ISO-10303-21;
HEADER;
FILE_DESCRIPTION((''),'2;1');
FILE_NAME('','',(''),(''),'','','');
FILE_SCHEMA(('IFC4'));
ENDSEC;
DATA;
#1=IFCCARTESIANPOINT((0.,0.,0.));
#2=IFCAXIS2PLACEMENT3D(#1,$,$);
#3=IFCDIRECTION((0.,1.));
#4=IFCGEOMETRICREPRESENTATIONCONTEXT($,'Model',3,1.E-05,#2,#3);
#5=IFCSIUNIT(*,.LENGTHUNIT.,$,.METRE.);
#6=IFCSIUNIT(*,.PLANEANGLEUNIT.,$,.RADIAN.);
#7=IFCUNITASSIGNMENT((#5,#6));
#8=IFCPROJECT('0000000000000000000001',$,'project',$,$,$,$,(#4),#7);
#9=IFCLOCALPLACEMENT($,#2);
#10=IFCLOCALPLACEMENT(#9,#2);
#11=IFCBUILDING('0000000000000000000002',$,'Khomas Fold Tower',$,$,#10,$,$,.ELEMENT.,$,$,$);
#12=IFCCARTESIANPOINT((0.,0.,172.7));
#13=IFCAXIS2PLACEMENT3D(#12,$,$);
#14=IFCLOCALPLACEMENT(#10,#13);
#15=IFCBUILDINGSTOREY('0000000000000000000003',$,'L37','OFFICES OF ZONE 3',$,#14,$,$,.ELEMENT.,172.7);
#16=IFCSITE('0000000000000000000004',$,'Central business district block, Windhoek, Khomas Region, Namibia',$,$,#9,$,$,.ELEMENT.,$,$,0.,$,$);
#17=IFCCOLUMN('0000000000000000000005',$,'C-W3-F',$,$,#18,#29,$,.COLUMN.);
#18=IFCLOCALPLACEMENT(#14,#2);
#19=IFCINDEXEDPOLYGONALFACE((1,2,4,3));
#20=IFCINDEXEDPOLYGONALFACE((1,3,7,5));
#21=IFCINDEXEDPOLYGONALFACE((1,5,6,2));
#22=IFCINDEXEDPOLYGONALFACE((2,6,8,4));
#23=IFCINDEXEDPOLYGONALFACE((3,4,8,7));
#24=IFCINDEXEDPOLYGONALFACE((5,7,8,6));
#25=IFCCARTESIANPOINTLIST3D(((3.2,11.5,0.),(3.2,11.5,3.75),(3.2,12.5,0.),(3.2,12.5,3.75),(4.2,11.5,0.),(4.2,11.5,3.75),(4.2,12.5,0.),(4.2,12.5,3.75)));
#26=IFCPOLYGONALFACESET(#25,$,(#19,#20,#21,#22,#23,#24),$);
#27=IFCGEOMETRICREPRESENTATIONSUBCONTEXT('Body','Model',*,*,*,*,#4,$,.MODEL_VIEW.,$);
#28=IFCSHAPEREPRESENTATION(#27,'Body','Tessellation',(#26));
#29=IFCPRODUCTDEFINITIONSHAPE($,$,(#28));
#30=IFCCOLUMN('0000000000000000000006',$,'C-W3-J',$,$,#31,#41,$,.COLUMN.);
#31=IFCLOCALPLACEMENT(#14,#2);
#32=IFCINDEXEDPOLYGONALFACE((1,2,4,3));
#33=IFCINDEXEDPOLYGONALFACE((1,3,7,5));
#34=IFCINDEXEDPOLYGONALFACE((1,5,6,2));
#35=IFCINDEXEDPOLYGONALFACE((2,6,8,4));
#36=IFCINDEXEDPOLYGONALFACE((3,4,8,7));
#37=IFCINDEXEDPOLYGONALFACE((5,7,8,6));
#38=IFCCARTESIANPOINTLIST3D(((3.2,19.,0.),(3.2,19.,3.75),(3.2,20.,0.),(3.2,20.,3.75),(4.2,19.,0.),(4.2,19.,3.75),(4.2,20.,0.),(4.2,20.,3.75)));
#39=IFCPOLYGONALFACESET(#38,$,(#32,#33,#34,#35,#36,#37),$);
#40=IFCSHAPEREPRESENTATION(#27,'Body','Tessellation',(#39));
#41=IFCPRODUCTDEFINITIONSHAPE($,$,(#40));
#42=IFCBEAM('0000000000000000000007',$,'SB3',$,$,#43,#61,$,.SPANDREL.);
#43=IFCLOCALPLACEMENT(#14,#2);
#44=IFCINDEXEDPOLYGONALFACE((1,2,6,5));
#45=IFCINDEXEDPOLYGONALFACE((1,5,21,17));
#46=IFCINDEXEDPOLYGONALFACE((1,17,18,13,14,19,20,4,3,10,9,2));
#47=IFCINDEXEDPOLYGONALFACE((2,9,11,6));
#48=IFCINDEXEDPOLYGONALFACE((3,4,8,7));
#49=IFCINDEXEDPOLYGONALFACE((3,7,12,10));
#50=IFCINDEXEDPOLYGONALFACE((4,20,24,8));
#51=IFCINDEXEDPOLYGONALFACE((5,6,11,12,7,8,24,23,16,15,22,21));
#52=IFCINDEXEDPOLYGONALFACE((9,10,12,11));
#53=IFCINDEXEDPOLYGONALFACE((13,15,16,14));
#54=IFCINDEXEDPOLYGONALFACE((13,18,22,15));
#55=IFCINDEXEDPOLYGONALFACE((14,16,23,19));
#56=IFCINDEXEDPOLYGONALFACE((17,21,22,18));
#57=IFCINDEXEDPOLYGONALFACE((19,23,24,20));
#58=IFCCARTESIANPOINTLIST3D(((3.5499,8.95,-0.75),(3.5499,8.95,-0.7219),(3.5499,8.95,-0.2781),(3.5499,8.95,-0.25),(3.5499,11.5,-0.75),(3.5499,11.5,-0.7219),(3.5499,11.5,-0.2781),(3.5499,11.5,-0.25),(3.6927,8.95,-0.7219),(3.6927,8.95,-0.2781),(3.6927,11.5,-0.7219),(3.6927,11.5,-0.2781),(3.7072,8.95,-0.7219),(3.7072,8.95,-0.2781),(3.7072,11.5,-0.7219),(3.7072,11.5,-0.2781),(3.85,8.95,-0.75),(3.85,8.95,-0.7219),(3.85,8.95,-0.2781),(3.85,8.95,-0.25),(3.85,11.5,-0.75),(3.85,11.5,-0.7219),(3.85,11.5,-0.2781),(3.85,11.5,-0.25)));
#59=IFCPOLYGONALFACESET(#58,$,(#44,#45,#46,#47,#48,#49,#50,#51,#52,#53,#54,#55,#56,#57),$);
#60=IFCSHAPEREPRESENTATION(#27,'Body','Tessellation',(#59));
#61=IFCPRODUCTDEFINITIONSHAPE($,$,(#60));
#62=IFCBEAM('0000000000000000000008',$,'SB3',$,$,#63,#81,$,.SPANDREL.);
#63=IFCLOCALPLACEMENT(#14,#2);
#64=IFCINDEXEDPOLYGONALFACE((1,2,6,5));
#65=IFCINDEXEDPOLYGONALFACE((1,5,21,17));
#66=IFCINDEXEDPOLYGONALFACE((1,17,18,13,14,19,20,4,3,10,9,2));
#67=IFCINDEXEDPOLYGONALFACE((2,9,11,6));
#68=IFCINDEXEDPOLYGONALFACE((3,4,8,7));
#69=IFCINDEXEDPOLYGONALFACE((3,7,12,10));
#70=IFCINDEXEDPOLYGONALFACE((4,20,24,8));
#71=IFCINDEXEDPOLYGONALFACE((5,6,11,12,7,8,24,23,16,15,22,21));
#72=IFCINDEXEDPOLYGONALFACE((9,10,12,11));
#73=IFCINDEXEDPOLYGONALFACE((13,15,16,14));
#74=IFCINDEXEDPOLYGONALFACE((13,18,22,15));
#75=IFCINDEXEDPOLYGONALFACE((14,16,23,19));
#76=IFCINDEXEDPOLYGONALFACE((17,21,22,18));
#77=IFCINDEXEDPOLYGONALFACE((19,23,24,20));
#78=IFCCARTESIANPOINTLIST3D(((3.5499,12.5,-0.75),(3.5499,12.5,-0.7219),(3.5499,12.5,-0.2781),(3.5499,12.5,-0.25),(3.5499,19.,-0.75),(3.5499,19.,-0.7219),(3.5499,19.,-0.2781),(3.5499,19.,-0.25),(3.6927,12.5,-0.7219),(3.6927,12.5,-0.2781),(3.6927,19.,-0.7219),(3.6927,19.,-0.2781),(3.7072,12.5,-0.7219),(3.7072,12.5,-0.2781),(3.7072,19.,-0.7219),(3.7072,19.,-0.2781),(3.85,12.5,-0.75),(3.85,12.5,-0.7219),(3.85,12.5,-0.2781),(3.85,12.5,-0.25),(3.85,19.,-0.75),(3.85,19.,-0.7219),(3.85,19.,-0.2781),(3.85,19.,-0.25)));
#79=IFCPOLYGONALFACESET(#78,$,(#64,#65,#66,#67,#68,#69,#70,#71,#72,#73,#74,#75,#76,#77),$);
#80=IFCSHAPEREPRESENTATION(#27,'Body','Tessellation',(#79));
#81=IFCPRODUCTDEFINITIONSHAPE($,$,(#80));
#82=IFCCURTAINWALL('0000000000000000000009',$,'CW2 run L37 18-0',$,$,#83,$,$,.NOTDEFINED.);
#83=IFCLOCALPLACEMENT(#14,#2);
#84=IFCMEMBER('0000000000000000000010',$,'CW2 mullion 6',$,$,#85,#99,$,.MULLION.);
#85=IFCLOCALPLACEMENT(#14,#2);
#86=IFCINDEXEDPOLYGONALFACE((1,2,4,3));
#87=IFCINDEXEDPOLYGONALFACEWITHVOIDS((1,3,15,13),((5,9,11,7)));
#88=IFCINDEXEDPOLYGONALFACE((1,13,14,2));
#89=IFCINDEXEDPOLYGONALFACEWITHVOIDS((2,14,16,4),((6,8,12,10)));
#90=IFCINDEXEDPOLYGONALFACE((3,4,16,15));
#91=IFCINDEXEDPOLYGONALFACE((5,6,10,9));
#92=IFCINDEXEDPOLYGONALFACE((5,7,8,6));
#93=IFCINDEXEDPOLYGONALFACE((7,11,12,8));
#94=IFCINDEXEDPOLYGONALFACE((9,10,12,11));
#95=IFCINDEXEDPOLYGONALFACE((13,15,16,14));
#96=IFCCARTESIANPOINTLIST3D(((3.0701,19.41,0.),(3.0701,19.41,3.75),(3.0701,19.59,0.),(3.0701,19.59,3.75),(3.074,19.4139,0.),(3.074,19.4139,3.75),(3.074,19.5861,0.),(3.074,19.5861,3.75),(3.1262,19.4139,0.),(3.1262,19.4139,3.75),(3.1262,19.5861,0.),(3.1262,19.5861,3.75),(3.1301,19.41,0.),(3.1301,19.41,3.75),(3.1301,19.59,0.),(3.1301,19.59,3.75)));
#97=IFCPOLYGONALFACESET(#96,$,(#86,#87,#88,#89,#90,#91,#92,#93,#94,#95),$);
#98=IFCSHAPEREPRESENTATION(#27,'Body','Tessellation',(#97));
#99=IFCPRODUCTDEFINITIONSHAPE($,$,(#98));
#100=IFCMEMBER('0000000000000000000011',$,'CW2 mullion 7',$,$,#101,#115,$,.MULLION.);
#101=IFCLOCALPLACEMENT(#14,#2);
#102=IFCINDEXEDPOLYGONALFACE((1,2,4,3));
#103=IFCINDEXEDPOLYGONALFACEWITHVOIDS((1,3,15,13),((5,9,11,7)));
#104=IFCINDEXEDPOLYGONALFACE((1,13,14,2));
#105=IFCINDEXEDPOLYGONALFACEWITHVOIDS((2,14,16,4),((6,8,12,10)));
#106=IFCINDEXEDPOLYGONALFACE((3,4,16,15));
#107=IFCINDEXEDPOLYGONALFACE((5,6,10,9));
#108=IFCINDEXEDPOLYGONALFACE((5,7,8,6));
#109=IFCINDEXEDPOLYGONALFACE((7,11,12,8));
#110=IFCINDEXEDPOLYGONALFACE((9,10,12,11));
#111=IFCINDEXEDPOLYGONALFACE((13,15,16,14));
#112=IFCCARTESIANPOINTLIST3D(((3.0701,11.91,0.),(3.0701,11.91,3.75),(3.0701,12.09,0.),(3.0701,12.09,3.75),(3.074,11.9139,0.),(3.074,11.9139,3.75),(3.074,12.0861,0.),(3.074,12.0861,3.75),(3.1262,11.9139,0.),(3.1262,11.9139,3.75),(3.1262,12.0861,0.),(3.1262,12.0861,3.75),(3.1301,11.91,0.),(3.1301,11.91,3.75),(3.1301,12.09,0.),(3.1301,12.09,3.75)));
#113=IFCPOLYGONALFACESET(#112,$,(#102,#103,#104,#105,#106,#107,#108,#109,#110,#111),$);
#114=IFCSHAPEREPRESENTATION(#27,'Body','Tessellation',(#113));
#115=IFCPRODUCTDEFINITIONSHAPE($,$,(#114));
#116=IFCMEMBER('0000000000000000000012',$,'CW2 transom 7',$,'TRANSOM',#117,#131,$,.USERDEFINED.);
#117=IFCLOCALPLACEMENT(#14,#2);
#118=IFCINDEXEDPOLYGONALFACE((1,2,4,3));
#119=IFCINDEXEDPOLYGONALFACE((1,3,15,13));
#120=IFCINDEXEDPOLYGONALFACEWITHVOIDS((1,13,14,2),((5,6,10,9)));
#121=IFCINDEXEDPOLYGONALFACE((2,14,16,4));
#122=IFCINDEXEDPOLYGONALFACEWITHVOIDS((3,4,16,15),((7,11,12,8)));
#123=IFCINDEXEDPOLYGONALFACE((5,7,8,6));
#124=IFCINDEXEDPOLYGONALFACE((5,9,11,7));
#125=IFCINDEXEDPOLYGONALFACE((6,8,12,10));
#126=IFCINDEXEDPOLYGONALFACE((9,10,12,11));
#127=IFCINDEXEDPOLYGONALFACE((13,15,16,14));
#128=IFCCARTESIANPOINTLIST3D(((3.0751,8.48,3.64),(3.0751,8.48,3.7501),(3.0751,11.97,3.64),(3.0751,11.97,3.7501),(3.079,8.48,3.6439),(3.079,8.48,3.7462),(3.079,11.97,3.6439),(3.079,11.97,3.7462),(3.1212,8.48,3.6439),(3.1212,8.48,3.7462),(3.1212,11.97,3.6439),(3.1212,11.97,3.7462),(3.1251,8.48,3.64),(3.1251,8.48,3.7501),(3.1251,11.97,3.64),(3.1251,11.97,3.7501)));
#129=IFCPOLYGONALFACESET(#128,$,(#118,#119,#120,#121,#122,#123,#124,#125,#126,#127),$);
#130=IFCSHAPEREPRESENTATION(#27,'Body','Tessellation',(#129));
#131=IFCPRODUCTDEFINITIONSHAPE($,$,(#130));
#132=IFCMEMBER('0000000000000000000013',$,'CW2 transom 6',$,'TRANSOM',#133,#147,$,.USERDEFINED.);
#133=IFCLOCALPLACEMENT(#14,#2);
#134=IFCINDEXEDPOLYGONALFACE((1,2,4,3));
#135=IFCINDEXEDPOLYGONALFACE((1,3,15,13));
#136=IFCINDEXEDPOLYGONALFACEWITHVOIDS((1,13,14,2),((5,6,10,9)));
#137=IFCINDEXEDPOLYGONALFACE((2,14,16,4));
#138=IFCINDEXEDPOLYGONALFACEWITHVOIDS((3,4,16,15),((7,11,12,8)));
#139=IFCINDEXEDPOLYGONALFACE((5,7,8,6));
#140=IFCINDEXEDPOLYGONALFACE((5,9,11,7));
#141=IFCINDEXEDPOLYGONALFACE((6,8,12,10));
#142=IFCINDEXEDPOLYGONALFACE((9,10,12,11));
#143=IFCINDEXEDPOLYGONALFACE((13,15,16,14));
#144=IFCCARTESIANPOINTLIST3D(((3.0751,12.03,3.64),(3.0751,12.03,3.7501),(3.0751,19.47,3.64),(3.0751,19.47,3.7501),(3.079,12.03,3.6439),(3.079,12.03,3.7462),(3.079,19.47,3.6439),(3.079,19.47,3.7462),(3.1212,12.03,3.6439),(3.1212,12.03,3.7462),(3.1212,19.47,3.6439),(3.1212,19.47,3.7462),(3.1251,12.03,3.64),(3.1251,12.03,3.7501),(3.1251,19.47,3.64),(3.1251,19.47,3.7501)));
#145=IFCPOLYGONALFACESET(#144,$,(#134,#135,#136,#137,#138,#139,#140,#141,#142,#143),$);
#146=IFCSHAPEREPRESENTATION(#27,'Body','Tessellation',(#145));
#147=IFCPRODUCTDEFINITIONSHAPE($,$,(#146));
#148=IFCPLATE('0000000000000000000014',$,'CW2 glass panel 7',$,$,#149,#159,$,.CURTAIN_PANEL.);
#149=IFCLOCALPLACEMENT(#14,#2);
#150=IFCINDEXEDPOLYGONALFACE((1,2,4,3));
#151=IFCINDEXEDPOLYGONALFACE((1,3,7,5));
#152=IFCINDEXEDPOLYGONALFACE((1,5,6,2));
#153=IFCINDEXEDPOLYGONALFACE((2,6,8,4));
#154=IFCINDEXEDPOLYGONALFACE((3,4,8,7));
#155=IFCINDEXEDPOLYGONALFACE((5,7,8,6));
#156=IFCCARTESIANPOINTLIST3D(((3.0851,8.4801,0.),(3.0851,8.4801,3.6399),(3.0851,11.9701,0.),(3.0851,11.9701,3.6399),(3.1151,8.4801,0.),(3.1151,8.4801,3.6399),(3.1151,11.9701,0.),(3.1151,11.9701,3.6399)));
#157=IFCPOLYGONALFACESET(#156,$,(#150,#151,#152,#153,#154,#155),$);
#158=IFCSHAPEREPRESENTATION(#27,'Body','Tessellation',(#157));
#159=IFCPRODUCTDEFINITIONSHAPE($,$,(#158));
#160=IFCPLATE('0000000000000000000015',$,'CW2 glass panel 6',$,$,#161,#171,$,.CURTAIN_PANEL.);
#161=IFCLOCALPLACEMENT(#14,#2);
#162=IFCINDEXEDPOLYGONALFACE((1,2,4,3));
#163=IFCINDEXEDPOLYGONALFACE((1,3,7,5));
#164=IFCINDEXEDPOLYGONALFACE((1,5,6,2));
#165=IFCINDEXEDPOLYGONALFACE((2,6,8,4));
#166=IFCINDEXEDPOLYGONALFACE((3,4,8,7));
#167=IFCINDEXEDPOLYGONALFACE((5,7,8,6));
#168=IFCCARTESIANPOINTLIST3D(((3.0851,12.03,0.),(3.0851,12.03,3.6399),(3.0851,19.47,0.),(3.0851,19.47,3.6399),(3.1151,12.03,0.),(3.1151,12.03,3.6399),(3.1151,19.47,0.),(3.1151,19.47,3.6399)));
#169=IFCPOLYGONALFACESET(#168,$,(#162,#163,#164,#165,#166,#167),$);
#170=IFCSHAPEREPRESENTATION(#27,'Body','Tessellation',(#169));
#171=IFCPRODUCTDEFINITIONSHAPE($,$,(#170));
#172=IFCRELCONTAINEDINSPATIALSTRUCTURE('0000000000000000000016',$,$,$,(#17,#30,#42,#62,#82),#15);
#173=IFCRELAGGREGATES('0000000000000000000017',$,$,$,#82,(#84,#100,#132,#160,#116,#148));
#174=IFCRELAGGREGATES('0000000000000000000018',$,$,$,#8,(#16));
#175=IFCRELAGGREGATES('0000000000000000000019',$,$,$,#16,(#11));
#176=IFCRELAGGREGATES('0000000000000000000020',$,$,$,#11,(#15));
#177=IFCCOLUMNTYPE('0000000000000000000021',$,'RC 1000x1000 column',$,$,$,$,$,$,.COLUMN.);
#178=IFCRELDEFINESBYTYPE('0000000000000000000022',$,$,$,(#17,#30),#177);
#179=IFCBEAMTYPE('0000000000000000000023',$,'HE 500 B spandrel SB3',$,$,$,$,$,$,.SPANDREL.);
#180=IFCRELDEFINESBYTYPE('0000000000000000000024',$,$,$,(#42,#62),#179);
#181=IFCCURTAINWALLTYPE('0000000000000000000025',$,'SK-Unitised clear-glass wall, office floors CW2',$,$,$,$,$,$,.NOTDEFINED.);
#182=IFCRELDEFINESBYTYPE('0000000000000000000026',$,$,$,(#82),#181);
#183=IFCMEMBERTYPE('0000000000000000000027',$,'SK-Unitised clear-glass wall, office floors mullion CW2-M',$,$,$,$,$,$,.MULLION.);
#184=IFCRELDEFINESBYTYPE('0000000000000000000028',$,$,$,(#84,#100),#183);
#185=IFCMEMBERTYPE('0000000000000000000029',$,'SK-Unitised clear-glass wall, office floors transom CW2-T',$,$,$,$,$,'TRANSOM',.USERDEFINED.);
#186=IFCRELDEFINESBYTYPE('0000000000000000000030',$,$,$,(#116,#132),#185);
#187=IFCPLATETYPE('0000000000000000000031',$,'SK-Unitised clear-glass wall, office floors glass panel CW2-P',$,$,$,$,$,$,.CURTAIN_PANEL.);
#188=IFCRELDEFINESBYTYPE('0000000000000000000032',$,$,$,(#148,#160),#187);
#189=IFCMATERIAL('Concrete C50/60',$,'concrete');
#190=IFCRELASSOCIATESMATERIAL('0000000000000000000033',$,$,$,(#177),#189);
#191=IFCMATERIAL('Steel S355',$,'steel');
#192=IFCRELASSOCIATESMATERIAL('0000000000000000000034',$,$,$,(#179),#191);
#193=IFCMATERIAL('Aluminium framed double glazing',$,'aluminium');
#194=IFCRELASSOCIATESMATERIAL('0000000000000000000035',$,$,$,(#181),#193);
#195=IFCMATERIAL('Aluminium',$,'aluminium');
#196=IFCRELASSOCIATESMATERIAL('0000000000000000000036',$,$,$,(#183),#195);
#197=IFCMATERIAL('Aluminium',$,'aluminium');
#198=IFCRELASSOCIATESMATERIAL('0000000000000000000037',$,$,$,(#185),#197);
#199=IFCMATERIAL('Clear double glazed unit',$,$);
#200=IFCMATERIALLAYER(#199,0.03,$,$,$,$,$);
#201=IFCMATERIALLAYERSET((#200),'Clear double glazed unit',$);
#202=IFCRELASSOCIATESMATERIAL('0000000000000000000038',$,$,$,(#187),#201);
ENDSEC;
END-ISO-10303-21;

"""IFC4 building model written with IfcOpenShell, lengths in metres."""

from ifc_helpers import new_model, si_unit, direction, frame, origin, origin_2d, place, context, subcontext, project, spatial, rectangle, hollow_rectangle, i_section, extrude, source, transform, mapped, material, layer, layer_set, material_profile, profile_set, type_object, element, aggregate, save


model = new_model("IFC4")

# Units and contexts
model_context = context("Model", 3, precision=1e-05, world=origin(), true_north=direction((0.0, 1.0)))
body_context = subcontext(model_context, "Body", "Model", "MODEL_VIEW")
ifc_project = project(units=[si_unit("LENGTHUNIT", "METRE"), si_unit("PLANEANGLEUNIT", "RADIAN")], contexts=[model_context])

# Site, building, storey
site_placement = place(None, origin())
site = spatial("IfcSite", under=ifc_project, at=site_placement, Name="Central business district block, Windhoek, Khomas Region, Namibia", CompositionType="ELEMENT", RefElevation=0.0)
building_placement = place(site_placement, origin())
building = spatial("IfcBuilding", under=site, at=building_placement, Name="Khomas Fold Tower", CompositionType="ELEMENT")
storey_placement = place(building_placement, frame((0.0, 0.0, 172.7)))
storey = spatial("IfcBuildingStorey", under=building, at=storey_placement, Name="L37", Description="OFFICES OF ZONE 3", CompositionType="ELEMENT", Elevation=172.7)

# Columns
ifc_material_1 = material(Name="Concrete C50/60", Category="concrete")
ifc_material_profile_1 = material_profile(ifc_material_1, rectangle(XDim=1.0, YDim=1.0, at=origin_2d()), Name="RC 1000x1000")
ifc_profile_set_1 = profile_set([ifc_material_profile_1], Name="Concrete C50/60")
column_type = type_object("IfcColumnType", Name="RC 1000x1000 column", PredefinedType="COLUMN", material=ifc_profile_set_1)
shared_shape_1 = source(origin(), body_context, "Body", "SweptSolid", [
    extrude(rectangle(XDim=1.0, YDim=1.0, at=origin_2d()), origin(), (0.0, 0.0, 1.0), 3.75),
])
for number, where, z_axis, x_axis, name in (
    (1, (3.7, 12.0, 0.0), (0.0, 0.0, 1.0), (1.0, 0.0, 0.0), "C-W3-F"),
    (2, (3.7, 19.5, 0.0), (0.0, 0.0, 1.0), (1.0, 0.0, 0.0), "C-W3-J"),
):
    element("IfcColumn", number, at=place(storey_placement, frame(where, z_axis=z_axis, x_axis=x_axis)), inside=storey, type_object=column_type, Name=name, PredefinedType="COLUMN", context=body_context, shape_type="MappedRepresentation", body=[
        mapped(shared_shape_1, transform((0.0, 0.0, 0.0))),
    ])

# Beams
ifc_material_2 = material(Name="Steel S355", Category="steel")
ifc_material_profile_2 = material_profile(ifc_material_2, i_section(OverallWidth=0.3, OverallDepth=0.5, WebThickness=0.0144, FlangeThickness=0.0281, at=origin_2d()), Name="HE 500 B")
ifc_profile_set_2 = profile_set([ifc_material_profile_2], Name="Steel S355")
beam_type = type_object("IfcBeamType", Name="HE 500 B spandrel SB3", PredefinedType="SPANDREL", material=ifc_profile_set_2)
shared_shape_2 = source(origin(), body_context, "Body", "SweptSolid", [
    extrude(i_section(OverallWidth=0.3, OverallDepth=0.5, WebThickness=0.0144, FlangeThickness=0.0281, at=origin_2d()), origin(), (0.0, 0.0, 1.0), 2.55),
])
beam_1_placement = place(storey_placement, frame((3.7, 8.95, -0.5), z_axis=(0.0, 1.0, 0.0), x_axis=(-1.0, 0.0, 0.0)))
element("IfcBeam", 3, at=beam_1_placement, inside=storey, type_object=beam_type, Name="SB3", PredefinedType="SPANDREL", context=body_context, shape_type="MappedRepresentation", body=[
    mapped(shared_shape_2, transform((0.0, 0.0, 0.0))),
])
shared_shape_3 = source(origin(), body_context, "Body", "SweptSolid", [
    extrude(i_section(OverallWidth=0.3, OverallDepth=0.5, WebThickness=0.0144, FlangeThickness=0.0281, at=origin_2d()), origin(), (0.0, 0.0, 1.0), 6.5),
])
beam_2_placement = place(storey_placement, frame((3.7, 12.5, -0.5), z_axis=(0.0, 1.0, 0.0), x_axis=(-1.0, 0.0, 0.0)))
element("IfcBeam", 4, at=beam_2_placement, inside=storey, type_object=beam_type, Name="SB3", PredefinedType="SPANDREL", context=body_context, shape_type="MappedRepresentation", body=[
    mapped(shared_shape_3, transform((0.0, 0.0, 0.0))),
])

# Curtain wall, members, plates
ifc_material_3 = material(Name="Aluminium framed double glazing", Category="aluminium")
curtain_wall_type = type_object("IfcCurtainWallType", Name="SK-Unitised clear-glass wall, office floors CW2", PredefinedType="NOTDEFINED", material=ifc_material_3)
curtain_wall_placement = place(storey_placement, origin())
curtain_wall = element("IfcCurtainWall", 5, at=curtain_wall_placement, inside=storey, type_object=curtain_wall_type, Name="CW2 run L37 18-0", PredefinedType="NOTDEFINED")
ifc_material_4 = material(Name="Aluminium", Category="aluminium")
ifc_material_profile_3 = material_profile(ifc_material_4, hollow_rectangle(XDim=0.0601, YDim=0.1799, WallThickness=0.0039, at=origin_2d()), Name="SK-Unitised clear-glass wall, office floors mullion CW2-M")
ifc_profile_set_3 = profile_set([ifc_material_profile_3], Name="Aluminium")
member_type_1 = type_object("IfcMemberType", Name="SK-Unitised clear-glass wall, office floors mullion CW2-M", PredefinedType="MULLION", material=ifc_profile_set_3)
shared_shape_4 = source(origin(), body_context, "Body", "SweptSolid", [
    extrude(hollow_rectangle(XDim=0.0601, YDim=0.1799, WallThickness=0.0039, at=origin_2d()), origin(), (0.0, 0.0, 1.0), 3.75),
])
member_1_placement = place(storey_placement, frame((3.1001, 19.5, 0.0), z_axis=(0.0, 0.0, 1.0), x_axis=(1.0, 0.0, 0.0)))
member_1 = element("IfcMember", 6, at=member_1_placement, type_object=member_type_1, Name="CW2 mullion 6", PredefinedType="MULLION", context=body_context, shape_type="MappedRepresentation", body=[
    mapped(shared_shape_4, transform((0.0, 0.0, 0.0))),
])
member_2_placement = place(storey_placement, frame((3.1001, 12.0, 0.0), z_axis=(0.0, 0.0, 1.0), x_axis=(1.0, 0.0, 0.0)))
member_2 = element("IfcMember", 7, at=member_2_placement, type_object=member_type_1, Name="CW2 mullion 7", PredefinedType="MULLION", context=body_context, shape_type="MappedRepresentation", body=[
    mapped(shared_shape_4, transform((0.0, 0.0, 0.0))),
])
ifc_material_5 = material(Name="Aluminium", Category="aluminium")
ifc_material_profile_4 = material_profile(ifc_material_5, hollow_rectangle(XDim=0.05, YDim=0.1101, WallThickness=0.0039, at=origin_2d()), Name="SK-Unitised clear-glass wall, office floors transom CW2-T")
ifc_profile_set_4 = profile_set([ifc_material_profile_4], Name="Aluminium")
member_type_2 = type_object("IfcMemberType", Name="SK-Unitised clear-glass wall, office floors transom CW2-T", ElementType="TRANSOM", PredefinedType="USERDEFINED", material=ifc_profile_set_4)
shared_shape_5 = source(origin(), body_context, "Body", "SweptSolid", [
    extrude(hollow_rectangle(XDim=0.05, YDim=0.1101, WallThickness=0.0039, at=origin_2d()), origin(), (0.0, 0.0, 1.0), 3.49),
])
member_3_placement = place(storey_placement, frame((3.1001, 11.97, 3.6951), z_axis=(0.0, -1.0, 0.0), x_axis=(1.0, 0.0, 0.0)))
member_3 = element("IfcMember", 8, at=member_3_placement, type_object=member_type_2, Name="CW2 transom 7", ObjectType="TRANSOM", PredefinedType="USERDEFINED", context=body_context, shape_type="MappedRepresentation", body=[
    mapped(shared_shape_5, transform((0.0, 0.0, 0.0))),
])
shared_shape_6 = source(origin(), body_context, "Body", "SweptSolid", [
    extrude(hollow_rectangle(XDim=0.05, YDim=0.1101, WallThickness=0.0039, at=origin_2d()), origin(), (0.0, 0.0, 1.0), 7.4399),
])
member_4_placement = place(storey_placement, frame((3.1001, 19.47, 3.6951), z_axis=(0.0, -1.0, 0.0), x_axis=(1.0, 0.0, 0.0)))
member_4 = element("IfcMember", 9, at=member_4_placement, type_object=member_type_2, Name="CW2 transom 6", ObjectType="TRANSOM", PredefinedType="USERDEFINED", context=body_context, shape_type="MappedRepresentation", body=[
    mapped(shared_shape_6, transform((0.0, 0.0, 0.0))),
])
ifc_material_6 = material(Name="Clear double glazed unit")
ifc_layer_1 = layer(ifc_material_6, 0.03)
ifc_layer_set_1 = layer_set([ifc_layer_1], Name="Clear double glazed unit")
plate_type = type_object("IfcPlateType", Name="SK-Unitised clear-glass wall, office floors glass panel CW2-P", PredefinedType="CURTAIN_PANEL", material=ifc_layer_set_1)
shared_shape_7 = source(origin(), body_context, "Body", "SweptSolid", [
    extrude(rectangle(XDim=3.49, YDim=0.03, at=origin_2d()), origin(), (0.0, 0.0, 1.0), 3.6399),
])
plate_1_placement = place(storey_placement, frame((3.1001, 10.2251, 0.0), z_axis=(0.0, 0.0, 1.0), x_axis=(0.0, -1.0, 0.0)))
plate_1 = element("IfcPlate", 10, at=plate_1_placement, type_object=plate_type, Name="CW2 glass panel 7", PredefinedType="CURTAIN_PANEL", context=body_context, shape_type="MappedRepresentation", body=[
    mapped(shared_shape_7, transform((0.0, 0.0, 0.0))),
])
shared_shape_8 = source(origin(), body_context, "Body", "SweptSolid", [
    extrude(rectangle(XDim=7.4399, YDim=0.03, at=origin_2d()), origin(), (0.0, 0.0, 1.0), 3.6399),
])
plate_2_placement = place(storey_placement, frame((3.1001, 15.75, 0.0), z_axis=(0.0, 0.0, 1.0), x_axis=(0.0, -1.0, 0.0)))
plate_2 = element("IfcPlate", 11, at=plate_2_placement, type_object=plate_type, Name="CW2 glass panel 6", PredefinedType="CURTAIN_PANEL", context=body_context, shape_type="MappedRepresentation", body=[
    mapped(shared_shape_8, transform((0.0, 0.0, 0.0))),
])
aggregate(curtain_wall, [member_1, member_2, member_4, plate_2, member_3, plate_1])

save(model, "model.ifc")
